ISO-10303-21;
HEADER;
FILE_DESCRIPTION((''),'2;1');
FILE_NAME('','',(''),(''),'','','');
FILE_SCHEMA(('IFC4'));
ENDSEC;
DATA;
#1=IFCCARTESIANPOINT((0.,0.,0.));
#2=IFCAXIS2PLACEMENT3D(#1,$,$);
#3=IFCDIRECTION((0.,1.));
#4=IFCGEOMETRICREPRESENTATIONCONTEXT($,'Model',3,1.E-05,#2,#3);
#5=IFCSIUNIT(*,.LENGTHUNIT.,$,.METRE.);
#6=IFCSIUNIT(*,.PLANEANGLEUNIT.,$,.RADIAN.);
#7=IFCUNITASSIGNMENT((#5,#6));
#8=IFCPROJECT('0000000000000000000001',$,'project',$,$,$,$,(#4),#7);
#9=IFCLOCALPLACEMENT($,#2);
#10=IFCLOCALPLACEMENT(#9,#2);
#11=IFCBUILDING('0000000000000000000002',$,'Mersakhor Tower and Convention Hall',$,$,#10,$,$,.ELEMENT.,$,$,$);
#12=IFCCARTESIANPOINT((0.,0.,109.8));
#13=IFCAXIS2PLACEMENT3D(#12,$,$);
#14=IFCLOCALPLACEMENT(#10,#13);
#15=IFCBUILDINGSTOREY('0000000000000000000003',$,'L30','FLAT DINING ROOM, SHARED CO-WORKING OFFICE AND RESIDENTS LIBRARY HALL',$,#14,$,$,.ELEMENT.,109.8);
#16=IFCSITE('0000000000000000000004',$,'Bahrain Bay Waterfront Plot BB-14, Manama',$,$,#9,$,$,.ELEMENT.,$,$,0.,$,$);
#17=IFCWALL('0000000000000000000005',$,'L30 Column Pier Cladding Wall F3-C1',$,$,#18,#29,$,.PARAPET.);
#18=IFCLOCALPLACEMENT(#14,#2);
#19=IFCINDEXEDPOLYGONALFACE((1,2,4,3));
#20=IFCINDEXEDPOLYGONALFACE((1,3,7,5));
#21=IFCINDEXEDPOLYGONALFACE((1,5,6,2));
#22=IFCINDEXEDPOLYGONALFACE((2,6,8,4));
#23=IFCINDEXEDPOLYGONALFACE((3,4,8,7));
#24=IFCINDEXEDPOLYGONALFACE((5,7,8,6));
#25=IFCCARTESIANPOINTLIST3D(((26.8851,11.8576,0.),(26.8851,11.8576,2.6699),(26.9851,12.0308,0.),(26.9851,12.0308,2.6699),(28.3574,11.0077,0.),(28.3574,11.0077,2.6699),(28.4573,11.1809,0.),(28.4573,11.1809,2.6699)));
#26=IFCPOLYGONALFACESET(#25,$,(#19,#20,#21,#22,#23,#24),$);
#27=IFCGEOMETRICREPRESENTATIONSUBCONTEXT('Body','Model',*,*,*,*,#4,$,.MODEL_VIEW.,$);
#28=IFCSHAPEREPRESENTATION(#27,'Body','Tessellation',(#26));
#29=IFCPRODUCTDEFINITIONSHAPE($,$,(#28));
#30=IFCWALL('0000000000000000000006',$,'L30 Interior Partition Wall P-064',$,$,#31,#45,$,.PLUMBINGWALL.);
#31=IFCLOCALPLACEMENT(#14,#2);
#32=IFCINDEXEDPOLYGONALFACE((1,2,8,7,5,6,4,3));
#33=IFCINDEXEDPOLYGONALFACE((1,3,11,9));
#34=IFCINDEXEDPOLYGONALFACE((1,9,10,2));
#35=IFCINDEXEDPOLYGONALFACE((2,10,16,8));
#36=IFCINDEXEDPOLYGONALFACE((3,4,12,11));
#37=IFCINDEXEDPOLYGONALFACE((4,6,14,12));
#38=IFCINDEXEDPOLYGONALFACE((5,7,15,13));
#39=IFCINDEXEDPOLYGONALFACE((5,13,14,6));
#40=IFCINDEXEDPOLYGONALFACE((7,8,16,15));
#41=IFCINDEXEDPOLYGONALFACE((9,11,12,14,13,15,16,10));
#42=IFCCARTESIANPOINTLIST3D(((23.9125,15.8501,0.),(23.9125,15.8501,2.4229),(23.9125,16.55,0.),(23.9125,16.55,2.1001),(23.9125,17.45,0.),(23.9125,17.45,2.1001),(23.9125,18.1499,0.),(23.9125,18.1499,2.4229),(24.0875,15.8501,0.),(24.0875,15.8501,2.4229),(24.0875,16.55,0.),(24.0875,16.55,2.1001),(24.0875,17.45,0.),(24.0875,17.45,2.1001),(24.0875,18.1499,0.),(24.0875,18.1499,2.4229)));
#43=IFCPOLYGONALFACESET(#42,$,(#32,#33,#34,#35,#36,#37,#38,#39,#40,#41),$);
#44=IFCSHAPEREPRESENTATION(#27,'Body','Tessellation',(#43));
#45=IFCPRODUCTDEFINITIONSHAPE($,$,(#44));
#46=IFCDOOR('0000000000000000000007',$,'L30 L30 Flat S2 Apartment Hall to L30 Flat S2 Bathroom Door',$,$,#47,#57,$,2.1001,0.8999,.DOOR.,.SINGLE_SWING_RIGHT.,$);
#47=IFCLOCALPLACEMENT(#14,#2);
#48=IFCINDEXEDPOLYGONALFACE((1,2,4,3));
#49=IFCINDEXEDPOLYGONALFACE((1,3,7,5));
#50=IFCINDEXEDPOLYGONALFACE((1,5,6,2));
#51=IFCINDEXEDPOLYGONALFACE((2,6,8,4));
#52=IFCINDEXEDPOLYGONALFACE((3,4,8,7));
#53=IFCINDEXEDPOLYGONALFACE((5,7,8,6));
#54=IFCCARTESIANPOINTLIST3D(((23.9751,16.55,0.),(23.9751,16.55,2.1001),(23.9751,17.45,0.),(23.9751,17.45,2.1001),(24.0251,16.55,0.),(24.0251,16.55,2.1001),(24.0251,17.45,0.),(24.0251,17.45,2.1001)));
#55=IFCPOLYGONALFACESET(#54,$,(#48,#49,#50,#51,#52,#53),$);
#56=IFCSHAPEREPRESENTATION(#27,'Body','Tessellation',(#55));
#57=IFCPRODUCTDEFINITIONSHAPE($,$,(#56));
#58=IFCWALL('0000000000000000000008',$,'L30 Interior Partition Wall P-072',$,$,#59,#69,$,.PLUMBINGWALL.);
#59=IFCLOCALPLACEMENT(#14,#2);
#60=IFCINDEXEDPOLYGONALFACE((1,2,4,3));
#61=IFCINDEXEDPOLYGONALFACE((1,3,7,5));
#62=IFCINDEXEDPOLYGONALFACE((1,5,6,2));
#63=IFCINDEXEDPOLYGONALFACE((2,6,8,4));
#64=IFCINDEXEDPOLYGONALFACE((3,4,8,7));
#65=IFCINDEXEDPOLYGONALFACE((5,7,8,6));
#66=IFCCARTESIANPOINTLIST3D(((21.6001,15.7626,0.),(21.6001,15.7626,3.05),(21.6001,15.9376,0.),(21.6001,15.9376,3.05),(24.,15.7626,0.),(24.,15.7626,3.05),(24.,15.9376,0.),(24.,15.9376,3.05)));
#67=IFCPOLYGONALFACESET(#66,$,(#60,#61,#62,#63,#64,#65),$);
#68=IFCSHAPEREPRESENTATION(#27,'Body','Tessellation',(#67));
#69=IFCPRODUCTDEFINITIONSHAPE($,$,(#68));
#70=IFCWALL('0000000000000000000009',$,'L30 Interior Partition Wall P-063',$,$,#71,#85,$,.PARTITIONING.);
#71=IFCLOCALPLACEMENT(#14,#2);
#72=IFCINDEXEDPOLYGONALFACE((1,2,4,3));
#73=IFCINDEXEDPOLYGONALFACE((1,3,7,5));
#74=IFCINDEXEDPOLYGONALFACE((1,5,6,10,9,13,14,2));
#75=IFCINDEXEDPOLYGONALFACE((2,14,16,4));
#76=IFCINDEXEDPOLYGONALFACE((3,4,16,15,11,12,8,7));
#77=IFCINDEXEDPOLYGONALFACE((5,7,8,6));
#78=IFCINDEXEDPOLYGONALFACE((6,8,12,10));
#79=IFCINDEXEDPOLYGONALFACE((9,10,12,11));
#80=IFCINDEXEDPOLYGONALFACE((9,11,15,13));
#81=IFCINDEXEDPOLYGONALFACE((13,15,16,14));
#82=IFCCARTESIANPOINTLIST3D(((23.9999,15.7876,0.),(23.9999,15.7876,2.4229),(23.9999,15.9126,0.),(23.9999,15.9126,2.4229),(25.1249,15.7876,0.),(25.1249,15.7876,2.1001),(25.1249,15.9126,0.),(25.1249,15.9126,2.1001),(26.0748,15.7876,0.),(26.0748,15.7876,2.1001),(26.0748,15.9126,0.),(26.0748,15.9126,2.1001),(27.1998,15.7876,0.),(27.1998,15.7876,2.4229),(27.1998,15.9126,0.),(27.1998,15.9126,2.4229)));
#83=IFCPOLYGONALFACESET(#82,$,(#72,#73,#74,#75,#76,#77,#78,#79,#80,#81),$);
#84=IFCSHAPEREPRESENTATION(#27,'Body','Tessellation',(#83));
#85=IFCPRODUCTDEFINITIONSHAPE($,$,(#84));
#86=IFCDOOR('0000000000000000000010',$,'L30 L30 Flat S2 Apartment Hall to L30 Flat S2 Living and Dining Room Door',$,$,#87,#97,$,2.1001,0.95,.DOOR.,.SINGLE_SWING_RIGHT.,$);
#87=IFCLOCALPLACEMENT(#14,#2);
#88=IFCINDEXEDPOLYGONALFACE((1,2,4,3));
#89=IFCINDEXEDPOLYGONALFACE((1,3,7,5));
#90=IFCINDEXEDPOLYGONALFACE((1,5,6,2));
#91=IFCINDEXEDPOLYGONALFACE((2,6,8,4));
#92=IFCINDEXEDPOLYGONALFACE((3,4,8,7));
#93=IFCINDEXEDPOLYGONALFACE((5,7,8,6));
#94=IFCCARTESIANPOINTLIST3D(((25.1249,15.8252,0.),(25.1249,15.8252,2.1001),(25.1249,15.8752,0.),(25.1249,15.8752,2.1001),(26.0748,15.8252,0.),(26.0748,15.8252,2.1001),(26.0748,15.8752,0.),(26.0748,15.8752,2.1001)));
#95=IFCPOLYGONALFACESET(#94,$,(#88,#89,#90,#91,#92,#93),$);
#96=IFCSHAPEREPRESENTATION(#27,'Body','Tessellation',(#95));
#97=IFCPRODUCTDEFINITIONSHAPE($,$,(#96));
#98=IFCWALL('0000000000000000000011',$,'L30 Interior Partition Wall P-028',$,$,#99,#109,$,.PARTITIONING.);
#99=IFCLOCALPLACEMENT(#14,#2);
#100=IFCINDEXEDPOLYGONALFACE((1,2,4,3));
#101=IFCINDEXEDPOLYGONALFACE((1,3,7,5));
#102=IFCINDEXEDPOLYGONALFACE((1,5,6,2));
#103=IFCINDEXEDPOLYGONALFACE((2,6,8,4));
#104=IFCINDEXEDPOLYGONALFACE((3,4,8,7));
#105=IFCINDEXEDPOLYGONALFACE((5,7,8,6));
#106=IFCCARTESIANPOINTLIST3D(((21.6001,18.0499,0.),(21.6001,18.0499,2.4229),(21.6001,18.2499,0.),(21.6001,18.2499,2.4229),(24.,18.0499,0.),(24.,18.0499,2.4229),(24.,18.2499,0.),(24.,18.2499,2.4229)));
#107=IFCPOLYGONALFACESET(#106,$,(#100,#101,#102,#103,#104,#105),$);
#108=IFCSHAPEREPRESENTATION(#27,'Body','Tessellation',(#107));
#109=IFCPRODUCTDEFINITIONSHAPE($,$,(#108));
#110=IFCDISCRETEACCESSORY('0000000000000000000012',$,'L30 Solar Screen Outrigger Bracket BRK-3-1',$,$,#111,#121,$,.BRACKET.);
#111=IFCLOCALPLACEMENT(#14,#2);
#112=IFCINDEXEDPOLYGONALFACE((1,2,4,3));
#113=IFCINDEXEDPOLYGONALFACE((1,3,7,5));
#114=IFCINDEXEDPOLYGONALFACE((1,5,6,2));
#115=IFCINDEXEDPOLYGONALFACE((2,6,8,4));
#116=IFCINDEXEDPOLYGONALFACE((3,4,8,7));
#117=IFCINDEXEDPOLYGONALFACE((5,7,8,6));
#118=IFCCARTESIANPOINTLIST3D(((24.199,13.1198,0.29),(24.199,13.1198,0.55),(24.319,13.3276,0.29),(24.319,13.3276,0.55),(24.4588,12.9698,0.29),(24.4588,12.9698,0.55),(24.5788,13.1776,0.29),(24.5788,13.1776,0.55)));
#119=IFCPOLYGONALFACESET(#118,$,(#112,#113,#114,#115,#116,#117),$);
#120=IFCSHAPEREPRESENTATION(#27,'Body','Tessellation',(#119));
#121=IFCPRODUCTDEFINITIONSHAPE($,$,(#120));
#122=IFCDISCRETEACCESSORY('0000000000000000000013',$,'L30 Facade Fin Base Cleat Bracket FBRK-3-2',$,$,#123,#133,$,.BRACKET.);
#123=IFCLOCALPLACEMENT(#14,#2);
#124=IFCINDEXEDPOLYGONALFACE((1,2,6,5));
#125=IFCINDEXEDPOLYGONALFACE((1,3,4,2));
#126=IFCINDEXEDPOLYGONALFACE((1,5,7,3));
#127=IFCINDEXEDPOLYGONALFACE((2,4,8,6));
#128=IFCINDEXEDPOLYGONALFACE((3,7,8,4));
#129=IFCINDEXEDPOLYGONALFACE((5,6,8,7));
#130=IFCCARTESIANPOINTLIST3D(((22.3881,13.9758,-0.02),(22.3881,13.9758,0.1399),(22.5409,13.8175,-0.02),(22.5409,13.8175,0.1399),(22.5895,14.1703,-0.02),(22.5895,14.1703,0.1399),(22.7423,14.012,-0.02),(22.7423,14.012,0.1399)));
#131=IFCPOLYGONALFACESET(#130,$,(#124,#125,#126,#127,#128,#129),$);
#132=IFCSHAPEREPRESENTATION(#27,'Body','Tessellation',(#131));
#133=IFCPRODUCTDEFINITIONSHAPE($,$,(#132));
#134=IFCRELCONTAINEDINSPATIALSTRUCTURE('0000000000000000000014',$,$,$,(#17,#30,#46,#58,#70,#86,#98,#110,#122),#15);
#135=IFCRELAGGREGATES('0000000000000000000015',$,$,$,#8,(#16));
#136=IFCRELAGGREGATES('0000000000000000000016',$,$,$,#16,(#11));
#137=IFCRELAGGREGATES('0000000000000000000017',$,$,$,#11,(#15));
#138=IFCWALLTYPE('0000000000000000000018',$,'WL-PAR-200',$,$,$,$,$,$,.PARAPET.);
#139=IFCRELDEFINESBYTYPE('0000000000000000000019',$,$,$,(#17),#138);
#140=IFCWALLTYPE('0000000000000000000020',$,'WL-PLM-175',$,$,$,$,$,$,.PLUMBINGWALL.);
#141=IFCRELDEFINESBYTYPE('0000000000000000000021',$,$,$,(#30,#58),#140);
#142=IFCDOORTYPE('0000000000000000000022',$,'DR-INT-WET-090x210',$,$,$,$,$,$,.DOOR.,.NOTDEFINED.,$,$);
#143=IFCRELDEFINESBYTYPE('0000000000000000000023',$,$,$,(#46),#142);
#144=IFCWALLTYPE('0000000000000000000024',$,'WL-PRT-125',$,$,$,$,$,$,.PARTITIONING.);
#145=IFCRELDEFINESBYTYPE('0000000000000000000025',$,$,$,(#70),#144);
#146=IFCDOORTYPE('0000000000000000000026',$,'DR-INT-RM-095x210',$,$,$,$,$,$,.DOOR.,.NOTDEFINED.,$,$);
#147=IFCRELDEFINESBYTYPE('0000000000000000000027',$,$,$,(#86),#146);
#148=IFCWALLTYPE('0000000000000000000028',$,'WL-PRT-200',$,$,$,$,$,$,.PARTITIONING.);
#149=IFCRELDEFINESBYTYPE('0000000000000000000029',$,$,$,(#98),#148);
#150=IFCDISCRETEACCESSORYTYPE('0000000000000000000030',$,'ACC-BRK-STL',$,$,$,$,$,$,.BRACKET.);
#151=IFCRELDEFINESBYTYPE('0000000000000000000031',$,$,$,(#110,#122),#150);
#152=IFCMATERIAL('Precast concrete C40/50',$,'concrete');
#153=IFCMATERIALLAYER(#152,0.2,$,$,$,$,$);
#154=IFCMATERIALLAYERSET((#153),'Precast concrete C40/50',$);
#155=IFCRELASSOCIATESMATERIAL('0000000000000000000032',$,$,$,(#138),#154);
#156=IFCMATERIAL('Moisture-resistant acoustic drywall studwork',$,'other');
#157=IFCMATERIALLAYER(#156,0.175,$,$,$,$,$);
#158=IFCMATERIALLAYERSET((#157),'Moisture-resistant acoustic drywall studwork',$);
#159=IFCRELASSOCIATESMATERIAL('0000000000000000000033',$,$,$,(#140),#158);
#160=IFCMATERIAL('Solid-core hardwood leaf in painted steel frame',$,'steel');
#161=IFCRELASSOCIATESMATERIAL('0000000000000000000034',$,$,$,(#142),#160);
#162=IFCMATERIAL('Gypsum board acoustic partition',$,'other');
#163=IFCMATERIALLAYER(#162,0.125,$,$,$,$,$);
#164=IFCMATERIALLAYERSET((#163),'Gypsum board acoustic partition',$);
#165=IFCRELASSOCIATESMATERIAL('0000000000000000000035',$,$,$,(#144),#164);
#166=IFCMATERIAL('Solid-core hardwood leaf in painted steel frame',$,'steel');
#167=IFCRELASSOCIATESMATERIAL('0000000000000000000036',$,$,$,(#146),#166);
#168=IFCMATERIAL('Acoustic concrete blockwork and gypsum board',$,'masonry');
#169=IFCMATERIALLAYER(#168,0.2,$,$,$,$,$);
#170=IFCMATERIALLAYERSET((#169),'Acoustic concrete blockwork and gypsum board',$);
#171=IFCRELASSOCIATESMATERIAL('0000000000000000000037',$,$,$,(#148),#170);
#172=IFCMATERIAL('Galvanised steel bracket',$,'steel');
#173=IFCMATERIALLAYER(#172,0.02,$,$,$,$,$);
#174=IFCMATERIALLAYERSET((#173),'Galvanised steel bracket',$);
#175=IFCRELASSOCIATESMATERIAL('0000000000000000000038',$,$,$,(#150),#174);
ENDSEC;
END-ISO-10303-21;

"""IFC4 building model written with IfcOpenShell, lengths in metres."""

from ifc_helpers import new_model, si_unit, direction, frame, frame_2d, origin, origin_2d, place, context, subcontext, project, spatial, rectangle, extrude, material, layer, layer_set, type_object, element, fill, save


model = new_model("IFC4")

# Units and contexts
model_context = context("Model", 3, precision=1e-05, world=origin(), true_north=direction((0.0, 1.0)))
body_context = subcontext(model_context, "Body", "Model", "MODEL_VIEW")
ifc_project = project(units=[si_unit("LENGTHUNIT", "METRE"), si_unit("PLANEANGLEUNIT", "RADIAN")], contexts=[model_context])

# Site, building, storey
site_placement = place(None, origin())
site = spatial("IfcSite", under=ifc_project, at=site_placement, Name="Bahrain Bay Waterfront Plot BB-14, Manama", CompositionType="ELEMENT", RefElevation=0.0)
building_placement = place(site_placement, origin())
building = spatial("IfcBuilding", under=site, at=building_placement, Name="Mersakhor Tower and Convention Hall", CompositionType="ELEMENT")
storey_placement = place(building_placement, frame((0.0, 0.0, 109.8)))
storey = spatial("IfcBuildingStorey", under=building, at=storey_placement, Name="L30", Description="FLAT DINING ROOM, SHARED CO-WORKING OFFICE AND RESIDENTS LIBRARY HALL", CompositionType="ELEMENT", Elevation=109.8)

# Wall
ifc_material_1 = material(Name="Precast concrete C40/50", Category="concrete")
ifc_layer_1 = layer(ifc_material_1, 0.2)
ifc_layer_set_1 = layer_set([ifc_layer_1], Name="Precast concrete C40/50")
wall_type_1 = type_object("IfcWallType", Name="WL-PAR-200", PredefinedType="PARAPET", material=ifc_layer_set_1)
wall_1_placement = place(storey_placement, frame((28.4075, 11.0942, 0.0), z_axis=(0.0, 0.0, 1.0), x_axis=(-0.866052, 0.499955, 0.0)))
element("IfcWall", 1, at=wall_1_placement, inside=storey, type_object=wall_type_1, Name="L30 Column Pier Cladding Wall F3-C1", PredefinedType="PARAPET", context=body_context, shape_type="SweptSolid", body=[
    extrude(rectangle(XDim=1.7, YDim=0.2, at=frame_2d((0.8501, 0.0))), origin(), (0.0, 0.0, 1.0), 2.6699),
])

# Wall, opening, door
ifc_material_2 = material(Name="Moisture-resistant acoustic drywall studwork", Category="other")
ifc_layer_2 = layer(ifc_material_2, 0.175)
ifc_layer_set_2 = layer_set([ifc_layer_2], Name="Moisture-resistant acoustic drywall studwork")
wall_type_2 = type_object("IfcWallType", Name="WL-PLM-175", PredefinedType="PLUMBINGWALL", material=ifc_layer_set_2)
wall_2_placement = place(storey_placement, frame((24.0, 15.8501, 0.0), z_axis=(0.0, 0.0, 1.0), x_axis=(0.0, 1.0, 0.0)))
wall_2 = element("IfcWall", 2, at=wall_2_placement, inside=storey, type_object=wall_type_2, Name="L30 Interior Partition Wall P-064", PredefinedType="PLUMBINGWALL", context=body_context, shape_type="SweptSolid", body=[
    extrude(rectangle(XDim=2.2998, YDim=0.175, at=frame_2d((1.1499, 0.0))), origin(), (0.0, 0.0, 1.0), 2.4229),
])
opening_1_placement = place(wall_2_placement, frame((0.7, 0.0, 0.0)))
opening_1 = element("IfcOpeningElement", 3, at=opening_1_placement, cuts=wall_2, PredefinedType="OPENING", context=body_context, shape_type="SweptSolid", body=[
    extrude(rectangle(XDim=0.8999, YDim=2.1001, at=frame_2d((0.45, 1.05))), frame((0.0, 0.0974, 0.0), z_axis=(0.0, -1.0, 0.0), x_axis=(1.0, 0.0, 0.0)), (0.0, 0.0, 1.0), 0.1951),
])
ifc_material_3 = material(Name="Solid-core hardwood leaf in painted steel frame", Category="steel")
door_type_1 = type_object("IfcDoorType", Name="DR-INT-WET-090x210", OperationType="NOTDEFINED", PredefinedType="DOOR", material=ifc_material_3)
door_1_placement = place(opening_1_placement, origin())
door_1 = element("IfcDoor", 4, at=door_1_placement, inside=storey, type_object=door_type_1, Name="L30 L30 Flat S2 Apartment Hall to L30 Flat S2 Bathroom Door", OperationType="SINGLE_SWING_RIGHT", OverallHeight=2.1001, OverallWidth=0.8999, PredefinedType="DOOR", context=body_context, shape_type="SweptSolid", body=[
    extrude(rectangle(XDim=0.8999, YDim=2.1001, at=frame_2d((0.45, 1.05))), frame((0.0, 0.0249, 0.0), z_axis=(0.0, -1.0, 0.0), x_axis=(1.0, 0.0, 0.0)), (0.0, 0.0, 1.0), 0.05),
])
fill(opening_1, door_1)

# Wall
wall_3_placement = place(storey_placement, frame((24.0, 15.8501, 0.0), z_axis=(0.0, 0.0, 1.0), x_axis=(-1.0, 0.0, 0.0)))
element("IfcWall", 5, at=wall_3_placement, inside=storey, type_object=wall_type_2, Name="L30 Interior Partition Wall P-072", PredefinedType="PLUMBINGWALL", context=body_context, shape_type="SweptSolid", body=[
    extrude(rectangle(XDim=2.3999, YDim=0.175, at=frame_2d((1.2, 0.0))), origin(), (0.0, 0.0, 1.0), 3.05),
])

# Wall, opening, door
ifc_material_4 = material(Name="Gypsum board acoustic partition", Category="other")
ifc_layer_3 = layer(ifc_material_4, 0.125)
ifc_layer_set_3 = layer_set([ifc_layer_3], Name="Gypsum board acoustic partition")
wall_type_3 = type_object("IfcWallType", Name="WL-PRT-125", PredefinedType="PARTITIONING", material=ifc_layer_set_3)
wall_4_placement = place(storey_placement, frame((27.2, 15.8501, 0.0), z_axis=(0.0, 0.0, 1.0), x_axis=(-1.0, 0.0, 0.0)))
wall_4 = element("IfcWall", 6, at=wall_4_placement, inside=storey, type_object=wall_type_3, Name="L30 Interior Partition Wall P-063", PredefinedType="PARTITIONING", context=body_context, shape_type="SweptSolid", body=[
    extrude(rectangle(XDim=3.2, YDim=0.125, at=frame_2d((1.6001, 0.0))), origin(), (0.0, 0.0, 1.0), 2.4229),
])
opening_2_placement = place(wall_4_placement, frame((1.125, 0.0, 0.0)))
opening_2 = element("IfcOpeningElement", 7, at=opening_2_placement, cuts=wall_4, PredefinedType="OPENING", context=body_context, shape_type="SweptSolid", body=[
    extrude(rectangle(XDim=0.95, YDim=2.1001, at=frame_2d((0.4751, 1.05))), frame((0.0, 0.0725, 0.0), z_axis=(0.0, -1.0, 0.0), x_axis=(1.0, 0.0, 0.0)), (0.0, 0.0, 1.0), 0.145),
])
ifc_material_5 = material(Name="Solid-core hardwood leaf in painted steel frame", Category="steel")
door_type_2 = type_object("IfcDoorType", Name="DR-INT-RM-095x210", OperationType="NOTDEFINED", PredefinedType="DOOR", material=ifc_material_5)
door_2_placement = place(opening_2_placement, origin())
door_2 = element("IfcDoor", 8, at=door_2_placement, inside=storey, type_object=door_type_2, Name="L30 L30 Flat S2 Apartment Hall to L30 Flat S2 Living and Dining Room Door", OperationType="SINGLE_SWING_RIGHT", OverallHeight=2.1001, OverallWidth=0.95, PredefinedType="DOOR", context=body_context, shape_type="SweptSolid", body=[
    extrude(rectangle(XDim=0.95, YDim=2.1001, at=frame_2d((0.4751, 1.05))), frame((0.0, 0.0249, 0.0), z_axis=(0.0, -1.0, 0.0), x_axis=(1.0, 0.0, 0.0)), (0.0, 0.0, 1.0), 0.05),
])
fill(opening_2, door_2)

# Wall
ifc_material_6 = material(Name="Acoustic concrete blockwork and gypsum board", Category="masonry")
ifc_layer_4 = layer(ifc_material_6, 0.2)
ifc_layer_set_4 = layer_set([ifc_layer_4], Name="Acoustic concrete blockwork and gypsum board")
wall_type_4 = type_object("IfcWallType", Name="WL-PRT-200", PredefinedType="PARTITIONING", material=ifc_layer_set_4)
wall_5_placement = place(storey_placement, frame((24.0, 18.1499, 0.0), z_axis=(0.0, 0.0, 1.0), x_axis=(-1.0, 0.0, 0.0)))
element("IfcWall", 9, at=wall_5_placement, inside=storey, type_object=wall_type_4, Name="L30 Interior Partition Wall P-028", PredefinedType="PARTITIONING", context=body_context, shape_type="SweptSolid", body=[
    extrude(rectangle(XDim=2.3999, YDim=0.2, at=frame_2d((1.2, 0.0))), origin(), (0.0, 0.0, 1.0), 2.4229),
])

# Discrete accessories
ifc_material_7 = material(Name="Galvanised steel bracket", Category="steel")
ifc_layer_5 = layer(ifc_material_7, 0.02)
ifc_layer_set_5 = layer_set([ifc_layer_5], Name="Galvanised steel bracket")
discrete_accessory_type = type_object("IfcDiscreteAccessoryType", Name="ACC-BRK-STL", PredefinedType="BRACKET", material=ifc_layer_set_5)
discrete_accessory_1_placement = place(storey_placement, frame((24.3889, 13.1487, 0.29), z_axis=(0.0, 0.0, 1.0), x_axis=(-0.866025, 0.5, 0.0)))
element("IfcDiscreteAccessory", 10, at=discrete_accessory_1_placement, inside=storey, type_object=discrete_accessory_type, Name="L30 Solar Screen Outrigger Bracket BRK-3-1", PredefinedType="BRACKET", context=body_context, shape_type="SweptSolid", body=[
    extrude(rectangle(XDim=0.3, YDim=0.24, at=origin_2d()), origin(), (0.0, 0.0, 1.0), 0.26),
])
discrete_accessory_2_placement = place(storey_placement, frame((22.5652, 13.9939, -0.02), z_axis=(0.0, 0.0, 1.0), x_axis=(-0.71934, -0.694658, 0.0)))
element("IfcDiscreteAccessory", 11, at=discrete_accessory_2_placement, inside=storey, type_object=discrete_accessory_type, Name="L30 Facade Fin Base Cleat Bracket FBRK-3-2", PredefinedType="BRACKET", context=body_context, shape_type="SweptSolid", body=[
    extrude(rectangle(XDim=0.28, YDim=0.22, at=origin_2d()), origin(), (0.0, 0.0, 1.0), 0.1599),
])

save(model, "model.ifc")
